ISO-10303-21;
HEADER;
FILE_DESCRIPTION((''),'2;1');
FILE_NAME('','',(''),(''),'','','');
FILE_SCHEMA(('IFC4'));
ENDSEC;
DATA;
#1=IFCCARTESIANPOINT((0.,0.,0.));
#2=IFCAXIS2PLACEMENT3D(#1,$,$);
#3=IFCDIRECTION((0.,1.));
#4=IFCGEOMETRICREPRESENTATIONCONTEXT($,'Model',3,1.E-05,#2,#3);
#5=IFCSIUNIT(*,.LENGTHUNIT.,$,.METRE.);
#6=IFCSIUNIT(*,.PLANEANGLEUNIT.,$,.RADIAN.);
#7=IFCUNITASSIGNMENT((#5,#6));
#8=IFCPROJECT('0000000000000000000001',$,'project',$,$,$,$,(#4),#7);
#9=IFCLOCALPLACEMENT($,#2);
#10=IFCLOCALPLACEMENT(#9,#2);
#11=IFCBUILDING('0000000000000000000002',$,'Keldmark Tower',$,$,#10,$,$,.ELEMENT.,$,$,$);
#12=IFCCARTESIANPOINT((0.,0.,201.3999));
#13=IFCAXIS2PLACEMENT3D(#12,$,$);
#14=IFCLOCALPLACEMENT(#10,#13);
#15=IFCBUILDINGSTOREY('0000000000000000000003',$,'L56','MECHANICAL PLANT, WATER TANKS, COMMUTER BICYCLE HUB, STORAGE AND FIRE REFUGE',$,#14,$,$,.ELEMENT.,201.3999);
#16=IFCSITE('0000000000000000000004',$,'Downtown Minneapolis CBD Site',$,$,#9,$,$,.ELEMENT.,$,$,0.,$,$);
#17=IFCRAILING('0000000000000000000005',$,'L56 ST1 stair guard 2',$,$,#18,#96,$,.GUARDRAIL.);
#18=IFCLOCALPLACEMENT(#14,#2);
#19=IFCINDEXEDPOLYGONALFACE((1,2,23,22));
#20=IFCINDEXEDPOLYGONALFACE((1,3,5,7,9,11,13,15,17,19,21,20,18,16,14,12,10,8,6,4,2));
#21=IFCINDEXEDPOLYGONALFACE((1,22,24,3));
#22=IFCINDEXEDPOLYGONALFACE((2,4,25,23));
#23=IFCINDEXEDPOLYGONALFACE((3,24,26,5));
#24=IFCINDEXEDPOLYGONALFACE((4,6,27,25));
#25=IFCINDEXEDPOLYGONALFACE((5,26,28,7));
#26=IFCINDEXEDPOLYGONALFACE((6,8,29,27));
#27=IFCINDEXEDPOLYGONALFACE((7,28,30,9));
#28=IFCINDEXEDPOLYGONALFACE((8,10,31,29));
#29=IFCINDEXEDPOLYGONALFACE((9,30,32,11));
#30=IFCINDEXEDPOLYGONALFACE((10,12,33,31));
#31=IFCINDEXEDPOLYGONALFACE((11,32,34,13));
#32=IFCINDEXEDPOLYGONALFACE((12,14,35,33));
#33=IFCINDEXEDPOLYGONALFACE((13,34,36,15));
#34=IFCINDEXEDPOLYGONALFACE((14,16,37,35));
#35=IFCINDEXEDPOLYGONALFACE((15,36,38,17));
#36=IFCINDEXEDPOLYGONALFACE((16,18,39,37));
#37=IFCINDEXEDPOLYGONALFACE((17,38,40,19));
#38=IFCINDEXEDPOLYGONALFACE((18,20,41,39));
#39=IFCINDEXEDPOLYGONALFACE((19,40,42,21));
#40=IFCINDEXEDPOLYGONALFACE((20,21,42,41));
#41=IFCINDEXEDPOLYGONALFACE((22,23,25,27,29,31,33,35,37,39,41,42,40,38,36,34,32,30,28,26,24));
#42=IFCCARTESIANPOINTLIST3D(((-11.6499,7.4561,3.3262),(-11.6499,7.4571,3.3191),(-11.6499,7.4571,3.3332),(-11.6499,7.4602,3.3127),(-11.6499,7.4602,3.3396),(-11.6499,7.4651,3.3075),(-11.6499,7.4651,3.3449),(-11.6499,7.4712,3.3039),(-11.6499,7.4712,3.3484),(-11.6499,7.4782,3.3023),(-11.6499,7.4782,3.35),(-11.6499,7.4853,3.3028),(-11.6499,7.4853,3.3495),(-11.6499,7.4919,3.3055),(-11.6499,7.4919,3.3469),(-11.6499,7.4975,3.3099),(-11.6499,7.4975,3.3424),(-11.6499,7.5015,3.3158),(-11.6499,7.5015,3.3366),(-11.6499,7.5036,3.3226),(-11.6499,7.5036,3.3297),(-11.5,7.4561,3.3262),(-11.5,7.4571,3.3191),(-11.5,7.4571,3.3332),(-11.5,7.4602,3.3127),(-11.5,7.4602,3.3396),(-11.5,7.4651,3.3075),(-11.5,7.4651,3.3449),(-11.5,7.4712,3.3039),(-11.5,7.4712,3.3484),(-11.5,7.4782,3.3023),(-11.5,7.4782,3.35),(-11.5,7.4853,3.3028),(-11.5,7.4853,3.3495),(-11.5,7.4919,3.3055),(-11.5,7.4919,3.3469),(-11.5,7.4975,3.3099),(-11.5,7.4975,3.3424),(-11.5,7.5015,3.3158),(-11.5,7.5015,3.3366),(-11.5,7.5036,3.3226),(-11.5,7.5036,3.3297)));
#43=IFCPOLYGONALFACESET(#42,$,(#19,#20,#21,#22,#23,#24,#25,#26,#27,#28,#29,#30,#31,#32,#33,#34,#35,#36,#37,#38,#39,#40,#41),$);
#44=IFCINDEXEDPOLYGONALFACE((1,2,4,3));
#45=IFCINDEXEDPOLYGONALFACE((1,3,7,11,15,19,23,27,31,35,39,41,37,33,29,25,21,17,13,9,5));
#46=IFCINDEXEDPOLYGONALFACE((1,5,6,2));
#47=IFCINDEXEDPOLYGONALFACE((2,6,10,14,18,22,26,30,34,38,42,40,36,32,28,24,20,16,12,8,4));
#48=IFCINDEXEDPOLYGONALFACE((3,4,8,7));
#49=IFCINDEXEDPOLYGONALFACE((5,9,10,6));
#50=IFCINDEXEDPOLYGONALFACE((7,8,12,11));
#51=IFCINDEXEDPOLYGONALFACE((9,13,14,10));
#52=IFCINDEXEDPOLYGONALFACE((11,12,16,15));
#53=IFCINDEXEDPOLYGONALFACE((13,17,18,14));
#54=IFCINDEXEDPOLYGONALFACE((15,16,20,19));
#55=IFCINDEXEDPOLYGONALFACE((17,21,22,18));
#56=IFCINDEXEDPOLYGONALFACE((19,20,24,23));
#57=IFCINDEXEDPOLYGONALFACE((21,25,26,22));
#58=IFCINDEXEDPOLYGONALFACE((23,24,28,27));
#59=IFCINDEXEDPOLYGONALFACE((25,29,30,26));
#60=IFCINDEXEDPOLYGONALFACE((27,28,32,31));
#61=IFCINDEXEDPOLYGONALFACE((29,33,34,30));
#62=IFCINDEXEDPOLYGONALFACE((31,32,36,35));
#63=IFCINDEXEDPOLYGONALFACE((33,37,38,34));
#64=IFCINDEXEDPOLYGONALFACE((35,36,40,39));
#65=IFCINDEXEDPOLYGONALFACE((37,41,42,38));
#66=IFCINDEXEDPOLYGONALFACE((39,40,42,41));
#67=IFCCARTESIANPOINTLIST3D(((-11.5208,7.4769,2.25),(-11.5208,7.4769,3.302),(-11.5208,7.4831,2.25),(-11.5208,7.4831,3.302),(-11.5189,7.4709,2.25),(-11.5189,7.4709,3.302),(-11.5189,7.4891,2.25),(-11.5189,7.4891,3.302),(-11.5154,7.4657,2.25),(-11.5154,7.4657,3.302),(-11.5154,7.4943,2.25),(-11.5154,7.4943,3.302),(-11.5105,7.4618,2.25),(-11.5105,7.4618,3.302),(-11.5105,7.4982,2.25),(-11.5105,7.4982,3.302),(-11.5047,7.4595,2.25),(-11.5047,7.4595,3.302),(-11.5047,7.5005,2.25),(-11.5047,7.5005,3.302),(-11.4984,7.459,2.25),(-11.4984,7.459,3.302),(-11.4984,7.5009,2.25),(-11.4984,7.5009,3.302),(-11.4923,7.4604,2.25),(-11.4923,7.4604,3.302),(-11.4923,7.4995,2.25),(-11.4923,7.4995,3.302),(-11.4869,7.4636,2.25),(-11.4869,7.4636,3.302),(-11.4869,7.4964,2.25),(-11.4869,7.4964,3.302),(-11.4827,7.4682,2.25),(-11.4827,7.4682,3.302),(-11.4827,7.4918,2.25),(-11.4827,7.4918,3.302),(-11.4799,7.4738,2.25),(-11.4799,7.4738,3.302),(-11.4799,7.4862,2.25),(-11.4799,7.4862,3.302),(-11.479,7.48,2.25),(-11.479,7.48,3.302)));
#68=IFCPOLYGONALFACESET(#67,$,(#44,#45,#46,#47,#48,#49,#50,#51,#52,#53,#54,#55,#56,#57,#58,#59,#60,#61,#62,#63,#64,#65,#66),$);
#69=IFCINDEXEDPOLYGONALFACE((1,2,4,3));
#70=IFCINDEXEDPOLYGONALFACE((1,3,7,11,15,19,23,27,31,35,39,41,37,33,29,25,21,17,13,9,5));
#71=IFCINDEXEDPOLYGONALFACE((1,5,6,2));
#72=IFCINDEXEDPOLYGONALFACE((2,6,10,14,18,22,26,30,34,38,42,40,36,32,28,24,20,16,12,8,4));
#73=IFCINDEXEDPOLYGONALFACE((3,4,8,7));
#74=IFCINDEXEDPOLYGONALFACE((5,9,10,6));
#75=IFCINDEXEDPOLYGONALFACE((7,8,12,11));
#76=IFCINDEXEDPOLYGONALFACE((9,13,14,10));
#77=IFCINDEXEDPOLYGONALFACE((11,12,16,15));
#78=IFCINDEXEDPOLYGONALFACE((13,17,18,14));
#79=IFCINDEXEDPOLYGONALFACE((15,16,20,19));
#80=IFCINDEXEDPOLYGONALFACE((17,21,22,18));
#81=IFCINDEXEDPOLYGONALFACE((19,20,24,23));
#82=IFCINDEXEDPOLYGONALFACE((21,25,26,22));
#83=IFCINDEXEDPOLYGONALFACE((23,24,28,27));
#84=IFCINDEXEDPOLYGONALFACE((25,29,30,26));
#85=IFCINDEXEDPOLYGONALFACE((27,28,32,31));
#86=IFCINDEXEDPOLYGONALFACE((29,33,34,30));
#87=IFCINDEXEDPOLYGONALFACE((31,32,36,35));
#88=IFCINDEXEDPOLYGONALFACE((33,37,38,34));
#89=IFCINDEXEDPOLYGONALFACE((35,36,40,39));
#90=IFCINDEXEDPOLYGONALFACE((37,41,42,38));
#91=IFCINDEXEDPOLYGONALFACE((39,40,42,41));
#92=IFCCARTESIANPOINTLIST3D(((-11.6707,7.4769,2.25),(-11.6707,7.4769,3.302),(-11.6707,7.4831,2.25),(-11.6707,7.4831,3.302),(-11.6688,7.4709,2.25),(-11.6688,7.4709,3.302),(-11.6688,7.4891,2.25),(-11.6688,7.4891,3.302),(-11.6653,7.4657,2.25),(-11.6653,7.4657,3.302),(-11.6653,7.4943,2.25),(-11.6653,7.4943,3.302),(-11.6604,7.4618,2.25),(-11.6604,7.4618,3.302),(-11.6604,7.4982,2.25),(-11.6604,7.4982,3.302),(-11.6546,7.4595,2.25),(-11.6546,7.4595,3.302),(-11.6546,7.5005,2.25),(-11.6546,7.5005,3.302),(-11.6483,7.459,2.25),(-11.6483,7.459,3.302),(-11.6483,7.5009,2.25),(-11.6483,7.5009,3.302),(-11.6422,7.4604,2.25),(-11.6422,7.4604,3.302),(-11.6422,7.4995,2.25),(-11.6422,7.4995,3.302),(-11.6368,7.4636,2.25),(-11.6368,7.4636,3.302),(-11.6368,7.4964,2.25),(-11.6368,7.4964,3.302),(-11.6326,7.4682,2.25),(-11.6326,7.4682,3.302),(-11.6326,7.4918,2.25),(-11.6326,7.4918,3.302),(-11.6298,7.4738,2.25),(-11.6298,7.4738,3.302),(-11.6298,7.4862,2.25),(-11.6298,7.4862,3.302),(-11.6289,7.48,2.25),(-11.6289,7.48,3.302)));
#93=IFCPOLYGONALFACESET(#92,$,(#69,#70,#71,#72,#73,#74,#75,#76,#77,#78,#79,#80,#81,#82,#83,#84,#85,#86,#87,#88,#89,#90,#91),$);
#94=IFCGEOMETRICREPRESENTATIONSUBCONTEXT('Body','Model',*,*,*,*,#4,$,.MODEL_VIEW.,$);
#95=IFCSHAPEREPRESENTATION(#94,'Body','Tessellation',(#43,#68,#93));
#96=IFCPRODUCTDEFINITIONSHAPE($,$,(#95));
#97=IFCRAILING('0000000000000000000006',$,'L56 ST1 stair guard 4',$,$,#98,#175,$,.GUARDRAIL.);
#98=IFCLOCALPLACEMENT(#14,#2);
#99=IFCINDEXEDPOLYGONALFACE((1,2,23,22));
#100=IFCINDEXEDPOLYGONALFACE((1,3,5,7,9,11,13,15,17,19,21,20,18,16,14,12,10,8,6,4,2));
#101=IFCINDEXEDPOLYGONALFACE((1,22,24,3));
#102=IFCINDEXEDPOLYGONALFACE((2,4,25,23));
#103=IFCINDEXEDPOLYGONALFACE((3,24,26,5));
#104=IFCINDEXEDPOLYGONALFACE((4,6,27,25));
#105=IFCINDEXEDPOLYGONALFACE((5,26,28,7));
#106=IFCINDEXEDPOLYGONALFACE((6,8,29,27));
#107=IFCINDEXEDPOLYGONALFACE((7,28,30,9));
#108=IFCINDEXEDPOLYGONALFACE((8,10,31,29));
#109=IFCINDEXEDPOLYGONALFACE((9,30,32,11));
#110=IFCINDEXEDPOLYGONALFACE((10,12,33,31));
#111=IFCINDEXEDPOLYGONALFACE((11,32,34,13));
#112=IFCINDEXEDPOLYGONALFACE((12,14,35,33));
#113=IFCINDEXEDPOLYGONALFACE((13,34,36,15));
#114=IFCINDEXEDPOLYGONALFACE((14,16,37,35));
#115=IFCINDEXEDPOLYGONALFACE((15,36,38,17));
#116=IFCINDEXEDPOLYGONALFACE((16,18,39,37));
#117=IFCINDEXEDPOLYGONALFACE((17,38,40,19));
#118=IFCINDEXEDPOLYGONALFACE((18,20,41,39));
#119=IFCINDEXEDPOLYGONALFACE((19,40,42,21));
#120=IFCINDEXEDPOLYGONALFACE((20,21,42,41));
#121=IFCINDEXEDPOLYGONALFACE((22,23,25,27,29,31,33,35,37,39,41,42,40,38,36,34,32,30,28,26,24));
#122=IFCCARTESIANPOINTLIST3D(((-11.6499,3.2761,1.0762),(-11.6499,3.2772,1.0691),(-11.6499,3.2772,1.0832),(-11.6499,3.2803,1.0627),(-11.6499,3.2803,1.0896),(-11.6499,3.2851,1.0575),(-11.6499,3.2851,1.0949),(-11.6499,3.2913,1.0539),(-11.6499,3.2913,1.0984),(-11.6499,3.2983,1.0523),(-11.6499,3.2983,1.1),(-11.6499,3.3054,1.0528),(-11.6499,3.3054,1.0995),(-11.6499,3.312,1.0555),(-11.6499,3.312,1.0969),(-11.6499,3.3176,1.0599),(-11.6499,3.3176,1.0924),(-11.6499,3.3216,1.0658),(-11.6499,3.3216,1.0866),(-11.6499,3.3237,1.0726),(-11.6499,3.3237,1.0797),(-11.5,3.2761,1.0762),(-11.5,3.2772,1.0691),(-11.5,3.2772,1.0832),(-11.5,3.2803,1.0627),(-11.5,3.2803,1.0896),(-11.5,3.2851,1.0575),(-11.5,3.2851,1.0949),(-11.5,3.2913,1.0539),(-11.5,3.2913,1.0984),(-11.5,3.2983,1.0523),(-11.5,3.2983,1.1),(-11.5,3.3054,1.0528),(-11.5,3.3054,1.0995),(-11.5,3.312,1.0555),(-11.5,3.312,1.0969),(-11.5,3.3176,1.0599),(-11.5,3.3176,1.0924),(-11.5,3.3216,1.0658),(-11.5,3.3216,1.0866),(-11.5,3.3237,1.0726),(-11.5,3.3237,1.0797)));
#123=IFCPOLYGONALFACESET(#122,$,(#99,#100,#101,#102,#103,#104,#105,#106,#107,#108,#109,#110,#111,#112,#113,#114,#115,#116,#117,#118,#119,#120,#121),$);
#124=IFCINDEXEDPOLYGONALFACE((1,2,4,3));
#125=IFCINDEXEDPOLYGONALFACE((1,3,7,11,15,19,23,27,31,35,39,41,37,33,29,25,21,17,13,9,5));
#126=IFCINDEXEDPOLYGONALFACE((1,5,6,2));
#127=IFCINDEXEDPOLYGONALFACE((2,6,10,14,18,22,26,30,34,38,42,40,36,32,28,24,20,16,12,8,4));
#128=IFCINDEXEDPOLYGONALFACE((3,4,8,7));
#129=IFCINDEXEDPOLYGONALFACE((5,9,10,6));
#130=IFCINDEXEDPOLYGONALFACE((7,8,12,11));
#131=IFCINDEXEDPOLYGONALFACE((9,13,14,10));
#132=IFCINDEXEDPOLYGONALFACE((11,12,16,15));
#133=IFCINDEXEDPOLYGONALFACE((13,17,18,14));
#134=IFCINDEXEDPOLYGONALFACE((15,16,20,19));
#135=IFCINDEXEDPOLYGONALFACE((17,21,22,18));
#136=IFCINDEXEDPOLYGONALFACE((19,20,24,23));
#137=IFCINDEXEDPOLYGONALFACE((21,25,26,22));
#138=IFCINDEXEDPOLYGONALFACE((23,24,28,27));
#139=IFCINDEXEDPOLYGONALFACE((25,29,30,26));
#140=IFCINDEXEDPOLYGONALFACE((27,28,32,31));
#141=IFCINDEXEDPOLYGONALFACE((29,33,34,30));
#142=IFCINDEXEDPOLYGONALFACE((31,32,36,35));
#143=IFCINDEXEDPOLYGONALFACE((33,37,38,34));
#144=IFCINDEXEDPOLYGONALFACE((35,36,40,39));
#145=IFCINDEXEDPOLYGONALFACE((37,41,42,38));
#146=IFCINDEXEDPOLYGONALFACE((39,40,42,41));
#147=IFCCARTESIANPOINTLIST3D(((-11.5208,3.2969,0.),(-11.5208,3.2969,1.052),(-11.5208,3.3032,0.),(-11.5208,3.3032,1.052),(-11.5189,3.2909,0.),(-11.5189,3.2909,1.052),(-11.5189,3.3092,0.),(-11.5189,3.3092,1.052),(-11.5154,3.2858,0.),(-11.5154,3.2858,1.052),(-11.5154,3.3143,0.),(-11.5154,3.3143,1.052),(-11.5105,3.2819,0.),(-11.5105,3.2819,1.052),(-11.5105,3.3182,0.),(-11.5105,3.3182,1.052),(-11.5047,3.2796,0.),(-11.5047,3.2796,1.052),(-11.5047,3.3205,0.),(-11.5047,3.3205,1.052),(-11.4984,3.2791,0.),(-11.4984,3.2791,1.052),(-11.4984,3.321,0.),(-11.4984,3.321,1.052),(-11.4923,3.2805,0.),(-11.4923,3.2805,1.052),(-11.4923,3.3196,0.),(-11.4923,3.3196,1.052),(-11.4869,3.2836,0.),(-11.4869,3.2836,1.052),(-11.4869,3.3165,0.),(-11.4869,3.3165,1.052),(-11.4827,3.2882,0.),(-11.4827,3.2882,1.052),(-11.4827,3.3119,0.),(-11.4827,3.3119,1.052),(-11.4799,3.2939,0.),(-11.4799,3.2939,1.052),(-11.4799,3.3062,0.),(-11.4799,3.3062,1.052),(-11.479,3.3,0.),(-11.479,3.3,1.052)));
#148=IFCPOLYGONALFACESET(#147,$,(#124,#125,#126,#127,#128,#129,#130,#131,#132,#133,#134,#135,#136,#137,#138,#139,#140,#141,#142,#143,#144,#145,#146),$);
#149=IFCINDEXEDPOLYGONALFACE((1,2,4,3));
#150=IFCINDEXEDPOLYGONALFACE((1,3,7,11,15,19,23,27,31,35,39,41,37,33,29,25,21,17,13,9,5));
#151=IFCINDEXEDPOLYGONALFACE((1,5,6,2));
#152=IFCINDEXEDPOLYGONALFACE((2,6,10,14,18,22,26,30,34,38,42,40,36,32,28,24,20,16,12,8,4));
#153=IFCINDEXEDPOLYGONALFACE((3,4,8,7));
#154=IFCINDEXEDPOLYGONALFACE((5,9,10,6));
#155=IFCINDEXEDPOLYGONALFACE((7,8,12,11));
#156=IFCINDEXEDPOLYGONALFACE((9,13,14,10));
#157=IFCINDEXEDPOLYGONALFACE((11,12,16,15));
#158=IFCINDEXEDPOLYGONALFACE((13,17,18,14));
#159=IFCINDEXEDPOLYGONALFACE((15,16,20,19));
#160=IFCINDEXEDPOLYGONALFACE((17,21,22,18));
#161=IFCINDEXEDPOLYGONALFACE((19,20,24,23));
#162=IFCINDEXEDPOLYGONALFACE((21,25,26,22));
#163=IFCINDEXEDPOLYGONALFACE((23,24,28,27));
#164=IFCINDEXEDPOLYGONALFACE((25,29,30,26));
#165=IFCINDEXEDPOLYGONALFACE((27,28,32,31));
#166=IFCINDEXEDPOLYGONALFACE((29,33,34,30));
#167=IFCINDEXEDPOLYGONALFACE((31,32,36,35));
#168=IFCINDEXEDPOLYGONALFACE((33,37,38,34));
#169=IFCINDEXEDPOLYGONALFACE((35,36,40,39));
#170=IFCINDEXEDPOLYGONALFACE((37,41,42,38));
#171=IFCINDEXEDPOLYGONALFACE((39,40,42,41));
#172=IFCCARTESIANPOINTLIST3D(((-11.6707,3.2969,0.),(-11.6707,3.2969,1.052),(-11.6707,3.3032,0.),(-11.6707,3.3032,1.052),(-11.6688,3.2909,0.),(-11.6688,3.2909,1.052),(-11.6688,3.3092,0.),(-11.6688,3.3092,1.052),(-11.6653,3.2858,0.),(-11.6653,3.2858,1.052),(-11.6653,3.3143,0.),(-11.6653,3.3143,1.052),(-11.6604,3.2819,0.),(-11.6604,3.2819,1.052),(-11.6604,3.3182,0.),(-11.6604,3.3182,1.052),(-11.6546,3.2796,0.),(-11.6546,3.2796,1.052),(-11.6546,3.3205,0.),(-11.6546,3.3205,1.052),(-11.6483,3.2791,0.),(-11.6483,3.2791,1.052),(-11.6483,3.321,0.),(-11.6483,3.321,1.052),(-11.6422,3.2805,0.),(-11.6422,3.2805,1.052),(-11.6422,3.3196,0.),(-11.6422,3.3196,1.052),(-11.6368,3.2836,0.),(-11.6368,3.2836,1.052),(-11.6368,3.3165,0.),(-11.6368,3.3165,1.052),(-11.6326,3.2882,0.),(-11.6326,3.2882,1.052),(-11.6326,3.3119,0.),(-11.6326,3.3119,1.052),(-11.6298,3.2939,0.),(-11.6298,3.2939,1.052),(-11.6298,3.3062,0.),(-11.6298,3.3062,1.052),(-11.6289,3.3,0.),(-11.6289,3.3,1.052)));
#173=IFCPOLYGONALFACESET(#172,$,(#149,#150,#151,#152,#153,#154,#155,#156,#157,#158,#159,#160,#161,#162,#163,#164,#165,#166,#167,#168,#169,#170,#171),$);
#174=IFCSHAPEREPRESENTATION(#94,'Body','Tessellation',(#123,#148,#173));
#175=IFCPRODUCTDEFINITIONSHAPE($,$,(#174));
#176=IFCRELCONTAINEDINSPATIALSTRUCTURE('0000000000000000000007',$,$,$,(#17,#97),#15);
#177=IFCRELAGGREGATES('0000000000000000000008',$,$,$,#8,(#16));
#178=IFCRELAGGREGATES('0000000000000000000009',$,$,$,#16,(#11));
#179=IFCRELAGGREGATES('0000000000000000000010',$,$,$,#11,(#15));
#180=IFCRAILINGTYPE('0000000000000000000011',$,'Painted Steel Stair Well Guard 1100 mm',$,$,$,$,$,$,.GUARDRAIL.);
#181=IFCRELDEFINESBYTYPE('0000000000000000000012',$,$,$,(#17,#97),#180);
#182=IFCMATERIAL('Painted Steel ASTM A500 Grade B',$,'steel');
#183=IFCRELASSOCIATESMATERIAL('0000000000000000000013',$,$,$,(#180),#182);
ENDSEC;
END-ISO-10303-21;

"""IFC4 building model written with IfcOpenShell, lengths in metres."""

from ifc_helpers import new_model, si_unit, direction, frame, origin, origin_2d, place, context, subcontext, project, spatial, circle, extrude, material, type_object, element, save


model = new_model("IFC4")

# Units and contexts
model_context = context("Model", 3, precision=1e-05, world=origin(), true_north=direction((0.0, 1.0)))
body_context = subcontext(model_context, "Body", "Model", "MODEL_VIEW")
ifc_project = project(units=[si_unit("LENGTHUNIT", "METRE"), si_unit("PLANEANGLEUNIT", "RADIAN")], contexts=[model_context])

# Site, building, storey
site_placement = place(None, origin())
site = spatial("IfcSite", under=ifc_project, at=site_placement, Name="Downtown Minneapolis CBD Site", CompositionType="ELEMENT", RefElevation=0.0)
building_placement = place(site_placement, origin())
building = spatial("IfcBuilding", under=site, at=building_placement, Name="Keldmark Tower", CompositionType="ELEMENT")
storey_placement = place(building_placement, frame((0.0, 0.0, 201.3999)))
storey = spatial("IfcBuildingStorey", under=building, at=storey_placement, Name="L56", Description="MECHANICAL PLANT, WATER TANKS, COMMUTER BICYCLE HUB, STORAGE AND FIRE REFUGE", CompositionType="ELEMENT", Elevation=201.3999)

# Railings
ifc_material_1 = material(Name="Painted Steel ASTM A500 Grade B", Category="steel")
railing_type_1 = type_object("IfcRailingType", Name="Painted Steel Stair Well Guard 1100 mm", PredefinedType="GUARDRAIL", material=ifc_material_1)
for number, where, name in (
    (1, (-11.5, 7.48, 2.25), "L56 ST1 stair guard 2"),
    (2, (-11.5, 3.3, 0.0), "L56 ST1 stair guard 4"),
):
    element("IfcRailing", number, at=place(storey_placement, frame(where)), inside=storey, type_object=railing_type_1, Name=name, PredefinedType="GUARDRAIL", context=body_context, shape_type="SweptSolid", body=[
        extrude(circle(Radius=0.0239, at=origin_2d()), frame((0.0, 0.0, 1.0762), z_axis=(-1.0, 0.0, 0.0), x_axis=(0.0, -1.0, 0.0)), (0.0, 0.0, 1.0), 0.1499),
        extrude(circle(Radius=0.021, at=origin_2d()), origin(), (0.0, 0.0, 1.0), 1.052),
        extrude(circle(Radius=0.021, at=origin_2d()), frame((-0.1499, 0.0, 0.0)), (0.0, 0.0, 1.0), 1.052),
    ])

save(model, "model.ifc")
